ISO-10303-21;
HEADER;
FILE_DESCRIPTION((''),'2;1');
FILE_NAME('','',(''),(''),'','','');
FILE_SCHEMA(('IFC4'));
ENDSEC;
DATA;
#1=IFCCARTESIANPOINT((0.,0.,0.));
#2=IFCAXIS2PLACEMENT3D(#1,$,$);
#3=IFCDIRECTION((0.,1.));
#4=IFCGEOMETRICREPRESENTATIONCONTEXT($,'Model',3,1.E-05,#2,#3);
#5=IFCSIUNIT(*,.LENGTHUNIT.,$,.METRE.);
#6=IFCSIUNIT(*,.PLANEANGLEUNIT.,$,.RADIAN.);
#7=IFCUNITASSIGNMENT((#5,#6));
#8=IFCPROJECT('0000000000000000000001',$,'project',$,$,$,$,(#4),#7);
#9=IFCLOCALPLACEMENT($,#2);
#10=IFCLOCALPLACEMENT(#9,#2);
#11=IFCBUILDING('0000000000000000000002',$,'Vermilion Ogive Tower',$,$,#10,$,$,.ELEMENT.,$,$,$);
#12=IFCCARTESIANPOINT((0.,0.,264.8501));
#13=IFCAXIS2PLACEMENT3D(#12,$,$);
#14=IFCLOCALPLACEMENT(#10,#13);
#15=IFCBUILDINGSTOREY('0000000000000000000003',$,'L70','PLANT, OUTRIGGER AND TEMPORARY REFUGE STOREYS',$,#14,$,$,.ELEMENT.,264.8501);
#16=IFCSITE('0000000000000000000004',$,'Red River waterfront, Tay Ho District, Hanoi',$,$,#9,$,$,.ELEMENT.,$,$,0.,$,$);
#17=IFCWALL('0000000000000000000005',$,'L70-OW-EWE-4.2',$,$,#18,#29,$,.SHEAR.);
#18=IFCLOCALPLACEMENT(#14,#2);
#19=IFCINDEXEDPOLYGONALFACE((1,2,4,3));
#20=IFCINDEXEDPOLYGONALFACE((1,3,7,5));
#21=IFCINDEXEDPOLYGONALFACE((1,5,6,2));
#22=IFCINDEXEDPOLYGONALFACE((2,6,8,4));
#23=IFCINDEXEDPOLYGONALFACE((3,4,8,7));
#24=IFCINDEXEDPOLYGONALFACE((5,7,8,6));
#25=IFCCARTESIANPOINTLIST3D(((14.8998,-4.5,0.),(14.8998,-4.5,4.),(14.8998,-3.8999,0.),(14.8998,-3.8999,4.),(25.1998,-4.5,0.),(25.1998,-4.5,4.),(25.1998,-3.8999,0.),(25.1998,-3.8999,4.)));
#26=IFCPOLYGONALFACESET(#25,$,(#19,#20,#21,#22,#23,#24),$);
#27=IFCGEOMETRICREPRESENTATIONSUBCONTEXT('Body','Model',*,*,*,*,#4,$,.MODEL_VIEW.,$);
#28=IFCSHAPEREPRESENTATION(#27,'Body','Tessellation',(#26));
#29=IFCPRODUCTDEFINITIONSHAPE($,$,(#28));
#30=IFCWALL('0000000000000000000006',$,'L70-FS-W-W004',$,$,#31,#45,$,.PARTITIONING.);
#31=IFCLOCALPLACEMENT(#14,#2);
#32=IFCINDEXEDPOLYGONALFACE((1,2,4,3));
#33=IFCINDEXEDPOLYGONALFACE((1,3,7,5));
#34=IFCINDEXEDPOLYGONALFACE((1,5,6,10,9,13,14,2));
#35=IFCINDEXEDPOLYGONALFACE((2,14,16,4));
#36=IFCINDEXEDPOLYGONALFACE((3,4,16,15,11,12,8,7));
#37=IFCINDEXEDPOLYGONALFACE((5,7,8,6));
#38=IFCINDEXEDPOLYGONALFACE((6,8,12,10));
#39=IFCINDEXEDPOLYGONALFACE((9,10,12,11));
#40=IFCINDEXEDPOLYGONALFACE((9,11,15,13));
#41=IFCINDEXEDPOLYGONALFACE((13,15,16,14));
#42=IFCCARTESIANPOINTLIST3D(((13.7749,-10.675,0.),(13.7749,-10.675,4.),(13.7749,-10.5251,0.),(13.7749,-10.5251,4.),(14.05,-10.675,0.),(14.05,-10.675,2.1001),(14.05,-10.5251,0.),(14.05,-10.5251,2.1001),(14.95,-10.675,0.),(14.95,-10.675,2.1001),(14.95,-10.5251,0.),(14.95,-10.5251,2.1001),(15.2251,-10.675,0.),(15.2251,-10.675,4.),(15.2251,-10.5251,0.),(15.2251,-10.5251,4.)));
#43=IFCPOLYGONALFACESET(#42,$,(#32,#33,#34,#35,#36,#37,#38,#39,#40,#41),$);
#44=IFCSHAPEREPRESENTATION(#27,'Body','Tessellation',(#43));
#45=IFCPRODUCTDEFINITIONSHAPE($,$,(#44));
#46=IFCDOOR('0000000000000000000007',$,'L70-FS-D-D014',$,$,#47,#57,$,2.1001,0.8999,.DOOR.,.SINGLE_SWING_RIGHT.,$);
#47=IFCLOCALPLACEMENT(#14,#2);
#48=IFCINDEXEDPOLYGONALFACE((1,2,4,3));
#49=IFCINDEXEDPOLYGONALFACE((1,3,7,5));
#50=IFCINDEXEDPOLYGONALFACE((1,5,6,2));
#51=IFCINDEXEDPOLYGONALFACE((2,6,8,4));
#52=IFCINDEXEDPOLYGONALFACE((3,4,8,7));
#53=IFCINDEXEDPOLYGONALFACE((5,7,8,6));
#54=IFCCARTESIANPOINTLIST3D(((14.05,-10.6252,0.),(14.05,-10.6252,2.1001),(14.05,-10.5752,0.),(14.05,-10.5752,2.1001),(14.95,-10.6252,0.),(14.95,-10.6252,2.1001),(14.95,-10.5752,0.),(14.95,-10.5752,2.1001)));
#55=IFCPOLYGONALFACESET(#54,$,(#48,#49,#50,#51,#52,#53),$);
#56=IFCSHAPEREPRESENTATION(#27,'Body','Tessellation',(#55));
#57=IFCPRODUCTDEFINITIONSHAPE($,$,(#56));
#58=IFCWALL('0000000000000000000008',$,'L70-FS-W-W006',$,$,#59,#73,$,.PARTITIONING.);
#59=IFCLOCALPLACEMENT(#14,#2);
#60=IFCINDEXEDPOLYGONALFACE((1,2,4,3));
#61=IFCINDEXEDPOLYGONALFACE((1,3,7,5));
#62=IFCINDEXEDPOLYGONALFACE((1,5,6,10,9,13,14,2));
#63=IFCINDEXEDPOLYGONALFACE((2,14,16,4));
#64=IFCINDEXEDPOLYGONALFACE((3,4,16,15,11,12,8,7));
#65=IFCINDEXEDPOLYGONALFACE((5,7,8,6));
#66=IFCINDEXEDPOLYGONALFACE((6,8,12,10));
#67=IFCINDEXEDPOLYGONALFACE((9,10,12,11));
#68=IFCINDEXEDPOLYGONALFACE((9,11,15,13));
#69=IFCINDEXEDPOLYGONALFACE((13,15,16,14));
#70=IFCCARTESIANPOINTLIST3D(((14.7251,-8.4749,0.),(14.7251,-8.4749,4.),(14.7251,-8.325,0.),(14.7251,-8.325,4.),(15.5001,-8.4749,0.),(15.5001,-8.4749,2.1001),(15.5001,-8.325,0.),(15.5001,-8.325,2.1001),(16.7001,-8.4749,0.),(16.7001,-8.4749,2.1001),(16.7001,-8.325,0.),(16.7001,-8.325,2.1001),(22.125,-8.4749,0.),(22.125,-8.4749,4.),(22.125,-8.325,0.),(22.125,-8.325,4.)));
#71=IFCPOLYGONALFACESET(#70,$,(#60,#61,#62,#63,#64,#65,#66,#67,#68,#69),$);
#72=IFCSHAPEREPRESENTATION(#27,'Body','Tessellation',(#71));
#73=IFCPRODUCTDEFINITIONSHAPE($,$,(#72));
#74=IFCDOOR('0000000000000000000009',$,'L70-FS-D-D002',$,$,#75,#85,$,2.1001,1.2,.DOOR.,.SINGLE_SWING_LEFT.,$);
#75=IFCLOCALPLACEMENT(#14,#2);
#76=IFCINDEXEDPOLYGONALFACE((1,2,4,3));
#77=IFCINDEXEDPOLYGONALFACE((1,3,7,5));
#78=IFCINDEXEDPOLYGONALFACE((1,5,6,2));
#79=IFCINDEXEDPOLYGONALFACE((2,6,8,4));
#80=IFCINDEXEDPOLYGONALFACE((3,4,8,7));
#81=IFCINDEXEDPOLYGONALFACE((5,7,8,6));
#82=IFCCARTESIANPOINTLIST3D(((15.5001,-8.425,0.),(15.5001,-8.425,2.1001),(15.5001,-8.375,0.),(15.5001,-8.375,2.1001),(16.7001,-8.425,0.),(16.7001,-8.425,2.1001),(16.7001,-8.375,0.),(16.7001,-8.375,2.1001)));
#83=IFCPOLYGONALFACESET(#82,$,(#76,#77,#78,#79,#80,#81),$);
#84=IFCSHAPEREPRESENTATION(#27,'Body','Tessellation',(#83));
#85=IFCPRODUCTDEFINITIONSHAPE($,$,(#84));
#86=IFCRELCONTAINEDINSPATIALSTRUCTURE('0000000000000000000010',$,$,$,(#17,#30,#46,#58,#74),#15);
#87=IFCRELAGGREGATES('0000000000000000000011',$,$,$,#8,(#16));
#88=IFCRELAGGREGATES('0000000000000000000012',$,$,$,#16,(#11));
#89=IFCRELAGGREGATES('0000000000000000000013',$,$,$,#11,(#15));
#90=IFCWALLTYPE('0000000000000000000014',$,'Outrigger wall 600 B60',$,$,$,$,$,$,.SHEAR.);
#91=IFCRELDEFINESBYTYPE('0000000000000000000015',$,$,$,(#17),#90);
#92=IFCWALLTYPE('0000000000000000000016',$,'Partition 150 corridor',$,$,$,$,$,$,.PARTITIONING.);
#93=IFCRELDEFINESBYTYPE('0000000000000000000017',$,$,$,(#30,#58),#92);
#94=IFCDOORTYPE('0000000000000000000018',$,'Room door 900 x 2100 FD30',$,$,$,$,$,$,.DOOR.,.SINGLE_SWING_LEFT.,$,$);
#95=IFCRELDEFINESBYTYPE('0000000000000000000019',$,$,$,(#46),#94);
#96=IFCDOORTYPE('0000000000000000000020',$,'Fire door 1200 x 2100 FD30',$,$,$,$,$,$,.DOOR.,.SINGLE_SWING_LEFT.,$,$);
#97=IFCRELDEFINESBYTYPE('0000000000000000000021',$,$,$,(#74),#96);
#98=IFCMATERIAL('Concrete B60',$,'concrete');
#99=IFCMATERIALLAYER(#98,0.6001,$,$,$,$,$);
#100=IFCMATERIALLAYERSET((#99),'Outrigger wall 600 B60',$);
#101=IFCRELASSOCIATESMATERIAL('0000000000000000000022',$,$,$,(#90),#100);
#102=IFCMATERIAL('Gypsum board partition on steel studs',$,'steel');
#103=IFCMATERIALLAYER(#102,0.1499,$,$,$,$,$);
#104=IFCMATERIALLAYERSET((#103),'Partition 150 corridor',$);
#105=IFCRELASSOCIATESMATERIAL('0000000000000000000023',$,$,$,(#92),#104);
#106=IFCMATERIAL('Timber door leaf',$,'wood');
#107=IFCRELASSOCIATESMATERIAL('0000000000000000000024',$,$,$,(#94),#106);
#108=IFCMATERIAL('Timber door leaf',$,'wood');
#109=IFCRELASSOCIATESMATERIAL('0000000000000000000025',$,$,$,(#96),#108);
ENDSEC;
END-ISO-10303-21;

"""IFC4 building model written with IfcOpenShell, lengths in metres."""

from ifc_helpers import new_model, si_unit, direction, frame, frame_2d, origin, place, context, subcontext, project, spatial, rectangle, extrude, material, layer, layer_set, type_object, element, fill, save


model = new_model("IFC4")

# Units and contexts
model_context = context("Model", 3, precision=1e-05, world=origin(), true_north=direction((0.0, 1.0)))
body_context = subcontext(model_context, "Body", "Model", "MODEL_VIEW")
ifc_project = project(units=[si_unit("LENGTHUNIT", "METRE"), si_unit("PLANEANGLEUNIT", "RADIAN")], contexts=[model_context])

# Site, building, storey
site_placement = place(None, origin())
site = spatial("IfcSite", under=ifc_project, at=site_placement, Name="Red River waterfront, Tay Ho District, Hanoi", CompositionType="ELEMENT", RefElevation=0.0)
building_placement = place(site_placement, origin())
building = spatial("IfcBuilding", under=site, at=building_placement, Name="Vermilion Ogive Tower", CompositionType="ELEMENT")
storey_placement = place(building_placement, frame((0.0, 0.0, 264.8501)))
storey = spatial("IfcBuildingStorey", under=building, at=storey_placement, Name="L70", Description="PLANT, OUTRIGGER AND TEMPORARY REFUGE STOREYS", CompositionType="ELEMENT", Elevation=264.8501)

# Wall
ifc_material_1 = material(Name="Concrete B60", Category="concrete")
ifc_layer_1 = layer(ifc_material_1, 0.6001)
ifc_layer_set_1 = layer_set([ifc_layer_1], Name="Outrigger wall 600 B60")
wall_type_1 = type_object("IfcWallType", Name="Outrigger wall 600 B60", PredefinedType="SHEAR", material=ifc_layer_set_1)
wall_1_placement = place(storey_placement, frame((14.8999, -4.2, 0.0), z_axis=(0.0, 0.0, 1.0), x_axis=(1.0, 0.0, 0.0)))
element("IfcWall", 1, at=wall_1_placement, inside=storey, type_object=wall_type_1, Name="L70-OW-EWE-4.2", PredefinedType="SHEAR", context=body_context, shape_type="SweptSolid", body=[
    extrude(rectangle(XDim=10.3, YDim=0.6001, at=frame_2d((5.1499, 0.0))), origin(), (0.0, 0.0, 1.0), 4.0),
])

# Walls, openings, doors
ifc_material_2 = material(Name="Gypsum board partition on steel studs", Category="steel")
ifc_layer_2 = layer(ifc_material_2, 0.1499)
ifc_layer_set_2 = layer_set([ifc_layer_2], Name="Partition 150 corridor")
wall_type_2 = type_object("IfcWallType", Name="Partition 150 corridor", PredefinedType="PARTITIONING", material=ifc_layer_set_2)
wall_2_placement = place(storey_placement, frame((13.7749, -10.6001, 0.0), z_axis=(0.0, 0.0, 1.0), x_axis=(1.0, 0.0, 0.0)))
wall_2 = element("IfcWall", 2, at=wall_2_placement, inside=storey, type_object=wall_type_2, Name="L70-FS-W-W004", PredefinedType="PARTITIONING", context=body_context, shape_type="SweptSolid", body=[
    extrude(rectangle(XDim=1.4502, YDim=0.1499, at=frame_2d((0.7251, 0.0))), origin(), (0.0, 0.0, 1.0), 4.0),
])
opening_1_placement = place(wall_2_placement, frame((0.2751, 0.0, 0.0)))
opening_1 = element("IfcOpeningElement", 3, at=opening_1_placement, cuts=wall_2, PredefinedType="OPENING", context=body_context, shape_type="SweptSolid", body=[
    extrude(rectangle(XDim=0.8999, YDim=2.1001, at=frame_2d((0.45, 1.05))), frame((0.0, 0.085, 0.0), z_axis=(0.0, -1.0, 0.0), x_axis=(1.0, 0.0, 0.0)), (0.0, 0.0, 1.0), 0.1699),
])
ifc_material_3 = material(Name="Timber door leaf", Category="wood")
door_type_1 = type_object("IfcDoorType", Name="Room door 900 x 2100 FD30", OperationType="SINGLE_SWING_LEFT", PredefinedType="DOOR", material=ifc_material_3)
door_1_placement = place(opening_1_placement, origin())
door_1 = element("IfcDoor", 4, at=door_1_placement, inside=storey, type_object=door_type_1, Name="L70-FS-D-D014", OperationType="SINGLE_SWING_RIGHT", OverallHeight=2.1001, OverallWidth=0.8999, PredefinedType="DOOR", context=body_context, shape_type="SweptSolid", body=[
    extrude(rectangle(XDim=0.8999, YDim=2.1001, at=frame_2d((0.45, 1.05))), frame((0.0, 0.0249, 0.0), z_axis=(0.0, -1.0, 0.0), x_axis=(1.0, 0.0, 0.0)), (0.0, 0.0, 1.0), 0.05),
])
fill(opening_1, door_1)
wall_3_placement = place(storey_placement, frame((14.7251, -8.3999, 0.0), z_axis=(0.0, 0.0, 1.0), x_axis=(1.0, 0.0, 0.0)))
wall_3 = element("IfcWall", 5, at=wall_3_placement, inside=storey, type_object=wall_type_2, Name="L70-FS-W-W006", PredefinedType="PARTITIONING", context=body_context, shape_type="SweptSolid", body=[
    extrude(rectangle(XDim=7.3999, YDim=0.1499, at=frame_2d((3.7, 0.0))), origin(), (0.0, 0.0, 1.0), 4.0),
])
opening_2_placement = place(wall_3_placement, frame((0.7749, 0.0, 0.0)))
opening_2 = element("IfcOpeningElement", 6, at=opening_2_placement, cuts=wall_3, PredefinedType="OPENING", context=body_context, shape_type="SweptSolid", body=[
    extrude(rectangle(XDim=1.2, YDim=2.1001, at=frame_2d((0.6001, 1.05))), frame((0.0, 0.085, 0.0), z_axis=(0.0, -1.0, 0.0), x_axis=(1.0, 0.0, 0.0)), (0.0, 0.0, 1.0), 0.1699),
])
ifc_material_4 = material(Name="Timber door leaf", Category="wood")
door_type_2 = type_object("IfcDoorType", Name="Fire door 1200 x 2100 FD30", OperationType="SINGLE_SWING_LEFT", PredefinedType="DOOR", material=ifc_material_4)
door_2_placement = place(opening_2_placement, origin())
door_2 = element("IfcDoor", 7, at=door_2_placement, inside=storey, type_object=door_type_2, Name="L70-FS-D-D002", OperationType="SINGLE_SWING_LEFT", OverallHeight=2.1001, OverallWidth=1.2, PredefinedType="DOOR", context=body_context, shape_type="SweptSolid", body=[
    extrude(rectangle(XDim=1.2, YDim=2.1001, at=frame_2d((0.6001, 1.05))), frame((0.0, 0.0249, 0.0), z_axis=(0.0, -1.0, 0.0), x_axis=(1.0, 0.0, 0.0)), (0.0, 0.0, 1.0), 0.05),
])
fill(opening_2, door_2)

save(model, "model.ifc")
